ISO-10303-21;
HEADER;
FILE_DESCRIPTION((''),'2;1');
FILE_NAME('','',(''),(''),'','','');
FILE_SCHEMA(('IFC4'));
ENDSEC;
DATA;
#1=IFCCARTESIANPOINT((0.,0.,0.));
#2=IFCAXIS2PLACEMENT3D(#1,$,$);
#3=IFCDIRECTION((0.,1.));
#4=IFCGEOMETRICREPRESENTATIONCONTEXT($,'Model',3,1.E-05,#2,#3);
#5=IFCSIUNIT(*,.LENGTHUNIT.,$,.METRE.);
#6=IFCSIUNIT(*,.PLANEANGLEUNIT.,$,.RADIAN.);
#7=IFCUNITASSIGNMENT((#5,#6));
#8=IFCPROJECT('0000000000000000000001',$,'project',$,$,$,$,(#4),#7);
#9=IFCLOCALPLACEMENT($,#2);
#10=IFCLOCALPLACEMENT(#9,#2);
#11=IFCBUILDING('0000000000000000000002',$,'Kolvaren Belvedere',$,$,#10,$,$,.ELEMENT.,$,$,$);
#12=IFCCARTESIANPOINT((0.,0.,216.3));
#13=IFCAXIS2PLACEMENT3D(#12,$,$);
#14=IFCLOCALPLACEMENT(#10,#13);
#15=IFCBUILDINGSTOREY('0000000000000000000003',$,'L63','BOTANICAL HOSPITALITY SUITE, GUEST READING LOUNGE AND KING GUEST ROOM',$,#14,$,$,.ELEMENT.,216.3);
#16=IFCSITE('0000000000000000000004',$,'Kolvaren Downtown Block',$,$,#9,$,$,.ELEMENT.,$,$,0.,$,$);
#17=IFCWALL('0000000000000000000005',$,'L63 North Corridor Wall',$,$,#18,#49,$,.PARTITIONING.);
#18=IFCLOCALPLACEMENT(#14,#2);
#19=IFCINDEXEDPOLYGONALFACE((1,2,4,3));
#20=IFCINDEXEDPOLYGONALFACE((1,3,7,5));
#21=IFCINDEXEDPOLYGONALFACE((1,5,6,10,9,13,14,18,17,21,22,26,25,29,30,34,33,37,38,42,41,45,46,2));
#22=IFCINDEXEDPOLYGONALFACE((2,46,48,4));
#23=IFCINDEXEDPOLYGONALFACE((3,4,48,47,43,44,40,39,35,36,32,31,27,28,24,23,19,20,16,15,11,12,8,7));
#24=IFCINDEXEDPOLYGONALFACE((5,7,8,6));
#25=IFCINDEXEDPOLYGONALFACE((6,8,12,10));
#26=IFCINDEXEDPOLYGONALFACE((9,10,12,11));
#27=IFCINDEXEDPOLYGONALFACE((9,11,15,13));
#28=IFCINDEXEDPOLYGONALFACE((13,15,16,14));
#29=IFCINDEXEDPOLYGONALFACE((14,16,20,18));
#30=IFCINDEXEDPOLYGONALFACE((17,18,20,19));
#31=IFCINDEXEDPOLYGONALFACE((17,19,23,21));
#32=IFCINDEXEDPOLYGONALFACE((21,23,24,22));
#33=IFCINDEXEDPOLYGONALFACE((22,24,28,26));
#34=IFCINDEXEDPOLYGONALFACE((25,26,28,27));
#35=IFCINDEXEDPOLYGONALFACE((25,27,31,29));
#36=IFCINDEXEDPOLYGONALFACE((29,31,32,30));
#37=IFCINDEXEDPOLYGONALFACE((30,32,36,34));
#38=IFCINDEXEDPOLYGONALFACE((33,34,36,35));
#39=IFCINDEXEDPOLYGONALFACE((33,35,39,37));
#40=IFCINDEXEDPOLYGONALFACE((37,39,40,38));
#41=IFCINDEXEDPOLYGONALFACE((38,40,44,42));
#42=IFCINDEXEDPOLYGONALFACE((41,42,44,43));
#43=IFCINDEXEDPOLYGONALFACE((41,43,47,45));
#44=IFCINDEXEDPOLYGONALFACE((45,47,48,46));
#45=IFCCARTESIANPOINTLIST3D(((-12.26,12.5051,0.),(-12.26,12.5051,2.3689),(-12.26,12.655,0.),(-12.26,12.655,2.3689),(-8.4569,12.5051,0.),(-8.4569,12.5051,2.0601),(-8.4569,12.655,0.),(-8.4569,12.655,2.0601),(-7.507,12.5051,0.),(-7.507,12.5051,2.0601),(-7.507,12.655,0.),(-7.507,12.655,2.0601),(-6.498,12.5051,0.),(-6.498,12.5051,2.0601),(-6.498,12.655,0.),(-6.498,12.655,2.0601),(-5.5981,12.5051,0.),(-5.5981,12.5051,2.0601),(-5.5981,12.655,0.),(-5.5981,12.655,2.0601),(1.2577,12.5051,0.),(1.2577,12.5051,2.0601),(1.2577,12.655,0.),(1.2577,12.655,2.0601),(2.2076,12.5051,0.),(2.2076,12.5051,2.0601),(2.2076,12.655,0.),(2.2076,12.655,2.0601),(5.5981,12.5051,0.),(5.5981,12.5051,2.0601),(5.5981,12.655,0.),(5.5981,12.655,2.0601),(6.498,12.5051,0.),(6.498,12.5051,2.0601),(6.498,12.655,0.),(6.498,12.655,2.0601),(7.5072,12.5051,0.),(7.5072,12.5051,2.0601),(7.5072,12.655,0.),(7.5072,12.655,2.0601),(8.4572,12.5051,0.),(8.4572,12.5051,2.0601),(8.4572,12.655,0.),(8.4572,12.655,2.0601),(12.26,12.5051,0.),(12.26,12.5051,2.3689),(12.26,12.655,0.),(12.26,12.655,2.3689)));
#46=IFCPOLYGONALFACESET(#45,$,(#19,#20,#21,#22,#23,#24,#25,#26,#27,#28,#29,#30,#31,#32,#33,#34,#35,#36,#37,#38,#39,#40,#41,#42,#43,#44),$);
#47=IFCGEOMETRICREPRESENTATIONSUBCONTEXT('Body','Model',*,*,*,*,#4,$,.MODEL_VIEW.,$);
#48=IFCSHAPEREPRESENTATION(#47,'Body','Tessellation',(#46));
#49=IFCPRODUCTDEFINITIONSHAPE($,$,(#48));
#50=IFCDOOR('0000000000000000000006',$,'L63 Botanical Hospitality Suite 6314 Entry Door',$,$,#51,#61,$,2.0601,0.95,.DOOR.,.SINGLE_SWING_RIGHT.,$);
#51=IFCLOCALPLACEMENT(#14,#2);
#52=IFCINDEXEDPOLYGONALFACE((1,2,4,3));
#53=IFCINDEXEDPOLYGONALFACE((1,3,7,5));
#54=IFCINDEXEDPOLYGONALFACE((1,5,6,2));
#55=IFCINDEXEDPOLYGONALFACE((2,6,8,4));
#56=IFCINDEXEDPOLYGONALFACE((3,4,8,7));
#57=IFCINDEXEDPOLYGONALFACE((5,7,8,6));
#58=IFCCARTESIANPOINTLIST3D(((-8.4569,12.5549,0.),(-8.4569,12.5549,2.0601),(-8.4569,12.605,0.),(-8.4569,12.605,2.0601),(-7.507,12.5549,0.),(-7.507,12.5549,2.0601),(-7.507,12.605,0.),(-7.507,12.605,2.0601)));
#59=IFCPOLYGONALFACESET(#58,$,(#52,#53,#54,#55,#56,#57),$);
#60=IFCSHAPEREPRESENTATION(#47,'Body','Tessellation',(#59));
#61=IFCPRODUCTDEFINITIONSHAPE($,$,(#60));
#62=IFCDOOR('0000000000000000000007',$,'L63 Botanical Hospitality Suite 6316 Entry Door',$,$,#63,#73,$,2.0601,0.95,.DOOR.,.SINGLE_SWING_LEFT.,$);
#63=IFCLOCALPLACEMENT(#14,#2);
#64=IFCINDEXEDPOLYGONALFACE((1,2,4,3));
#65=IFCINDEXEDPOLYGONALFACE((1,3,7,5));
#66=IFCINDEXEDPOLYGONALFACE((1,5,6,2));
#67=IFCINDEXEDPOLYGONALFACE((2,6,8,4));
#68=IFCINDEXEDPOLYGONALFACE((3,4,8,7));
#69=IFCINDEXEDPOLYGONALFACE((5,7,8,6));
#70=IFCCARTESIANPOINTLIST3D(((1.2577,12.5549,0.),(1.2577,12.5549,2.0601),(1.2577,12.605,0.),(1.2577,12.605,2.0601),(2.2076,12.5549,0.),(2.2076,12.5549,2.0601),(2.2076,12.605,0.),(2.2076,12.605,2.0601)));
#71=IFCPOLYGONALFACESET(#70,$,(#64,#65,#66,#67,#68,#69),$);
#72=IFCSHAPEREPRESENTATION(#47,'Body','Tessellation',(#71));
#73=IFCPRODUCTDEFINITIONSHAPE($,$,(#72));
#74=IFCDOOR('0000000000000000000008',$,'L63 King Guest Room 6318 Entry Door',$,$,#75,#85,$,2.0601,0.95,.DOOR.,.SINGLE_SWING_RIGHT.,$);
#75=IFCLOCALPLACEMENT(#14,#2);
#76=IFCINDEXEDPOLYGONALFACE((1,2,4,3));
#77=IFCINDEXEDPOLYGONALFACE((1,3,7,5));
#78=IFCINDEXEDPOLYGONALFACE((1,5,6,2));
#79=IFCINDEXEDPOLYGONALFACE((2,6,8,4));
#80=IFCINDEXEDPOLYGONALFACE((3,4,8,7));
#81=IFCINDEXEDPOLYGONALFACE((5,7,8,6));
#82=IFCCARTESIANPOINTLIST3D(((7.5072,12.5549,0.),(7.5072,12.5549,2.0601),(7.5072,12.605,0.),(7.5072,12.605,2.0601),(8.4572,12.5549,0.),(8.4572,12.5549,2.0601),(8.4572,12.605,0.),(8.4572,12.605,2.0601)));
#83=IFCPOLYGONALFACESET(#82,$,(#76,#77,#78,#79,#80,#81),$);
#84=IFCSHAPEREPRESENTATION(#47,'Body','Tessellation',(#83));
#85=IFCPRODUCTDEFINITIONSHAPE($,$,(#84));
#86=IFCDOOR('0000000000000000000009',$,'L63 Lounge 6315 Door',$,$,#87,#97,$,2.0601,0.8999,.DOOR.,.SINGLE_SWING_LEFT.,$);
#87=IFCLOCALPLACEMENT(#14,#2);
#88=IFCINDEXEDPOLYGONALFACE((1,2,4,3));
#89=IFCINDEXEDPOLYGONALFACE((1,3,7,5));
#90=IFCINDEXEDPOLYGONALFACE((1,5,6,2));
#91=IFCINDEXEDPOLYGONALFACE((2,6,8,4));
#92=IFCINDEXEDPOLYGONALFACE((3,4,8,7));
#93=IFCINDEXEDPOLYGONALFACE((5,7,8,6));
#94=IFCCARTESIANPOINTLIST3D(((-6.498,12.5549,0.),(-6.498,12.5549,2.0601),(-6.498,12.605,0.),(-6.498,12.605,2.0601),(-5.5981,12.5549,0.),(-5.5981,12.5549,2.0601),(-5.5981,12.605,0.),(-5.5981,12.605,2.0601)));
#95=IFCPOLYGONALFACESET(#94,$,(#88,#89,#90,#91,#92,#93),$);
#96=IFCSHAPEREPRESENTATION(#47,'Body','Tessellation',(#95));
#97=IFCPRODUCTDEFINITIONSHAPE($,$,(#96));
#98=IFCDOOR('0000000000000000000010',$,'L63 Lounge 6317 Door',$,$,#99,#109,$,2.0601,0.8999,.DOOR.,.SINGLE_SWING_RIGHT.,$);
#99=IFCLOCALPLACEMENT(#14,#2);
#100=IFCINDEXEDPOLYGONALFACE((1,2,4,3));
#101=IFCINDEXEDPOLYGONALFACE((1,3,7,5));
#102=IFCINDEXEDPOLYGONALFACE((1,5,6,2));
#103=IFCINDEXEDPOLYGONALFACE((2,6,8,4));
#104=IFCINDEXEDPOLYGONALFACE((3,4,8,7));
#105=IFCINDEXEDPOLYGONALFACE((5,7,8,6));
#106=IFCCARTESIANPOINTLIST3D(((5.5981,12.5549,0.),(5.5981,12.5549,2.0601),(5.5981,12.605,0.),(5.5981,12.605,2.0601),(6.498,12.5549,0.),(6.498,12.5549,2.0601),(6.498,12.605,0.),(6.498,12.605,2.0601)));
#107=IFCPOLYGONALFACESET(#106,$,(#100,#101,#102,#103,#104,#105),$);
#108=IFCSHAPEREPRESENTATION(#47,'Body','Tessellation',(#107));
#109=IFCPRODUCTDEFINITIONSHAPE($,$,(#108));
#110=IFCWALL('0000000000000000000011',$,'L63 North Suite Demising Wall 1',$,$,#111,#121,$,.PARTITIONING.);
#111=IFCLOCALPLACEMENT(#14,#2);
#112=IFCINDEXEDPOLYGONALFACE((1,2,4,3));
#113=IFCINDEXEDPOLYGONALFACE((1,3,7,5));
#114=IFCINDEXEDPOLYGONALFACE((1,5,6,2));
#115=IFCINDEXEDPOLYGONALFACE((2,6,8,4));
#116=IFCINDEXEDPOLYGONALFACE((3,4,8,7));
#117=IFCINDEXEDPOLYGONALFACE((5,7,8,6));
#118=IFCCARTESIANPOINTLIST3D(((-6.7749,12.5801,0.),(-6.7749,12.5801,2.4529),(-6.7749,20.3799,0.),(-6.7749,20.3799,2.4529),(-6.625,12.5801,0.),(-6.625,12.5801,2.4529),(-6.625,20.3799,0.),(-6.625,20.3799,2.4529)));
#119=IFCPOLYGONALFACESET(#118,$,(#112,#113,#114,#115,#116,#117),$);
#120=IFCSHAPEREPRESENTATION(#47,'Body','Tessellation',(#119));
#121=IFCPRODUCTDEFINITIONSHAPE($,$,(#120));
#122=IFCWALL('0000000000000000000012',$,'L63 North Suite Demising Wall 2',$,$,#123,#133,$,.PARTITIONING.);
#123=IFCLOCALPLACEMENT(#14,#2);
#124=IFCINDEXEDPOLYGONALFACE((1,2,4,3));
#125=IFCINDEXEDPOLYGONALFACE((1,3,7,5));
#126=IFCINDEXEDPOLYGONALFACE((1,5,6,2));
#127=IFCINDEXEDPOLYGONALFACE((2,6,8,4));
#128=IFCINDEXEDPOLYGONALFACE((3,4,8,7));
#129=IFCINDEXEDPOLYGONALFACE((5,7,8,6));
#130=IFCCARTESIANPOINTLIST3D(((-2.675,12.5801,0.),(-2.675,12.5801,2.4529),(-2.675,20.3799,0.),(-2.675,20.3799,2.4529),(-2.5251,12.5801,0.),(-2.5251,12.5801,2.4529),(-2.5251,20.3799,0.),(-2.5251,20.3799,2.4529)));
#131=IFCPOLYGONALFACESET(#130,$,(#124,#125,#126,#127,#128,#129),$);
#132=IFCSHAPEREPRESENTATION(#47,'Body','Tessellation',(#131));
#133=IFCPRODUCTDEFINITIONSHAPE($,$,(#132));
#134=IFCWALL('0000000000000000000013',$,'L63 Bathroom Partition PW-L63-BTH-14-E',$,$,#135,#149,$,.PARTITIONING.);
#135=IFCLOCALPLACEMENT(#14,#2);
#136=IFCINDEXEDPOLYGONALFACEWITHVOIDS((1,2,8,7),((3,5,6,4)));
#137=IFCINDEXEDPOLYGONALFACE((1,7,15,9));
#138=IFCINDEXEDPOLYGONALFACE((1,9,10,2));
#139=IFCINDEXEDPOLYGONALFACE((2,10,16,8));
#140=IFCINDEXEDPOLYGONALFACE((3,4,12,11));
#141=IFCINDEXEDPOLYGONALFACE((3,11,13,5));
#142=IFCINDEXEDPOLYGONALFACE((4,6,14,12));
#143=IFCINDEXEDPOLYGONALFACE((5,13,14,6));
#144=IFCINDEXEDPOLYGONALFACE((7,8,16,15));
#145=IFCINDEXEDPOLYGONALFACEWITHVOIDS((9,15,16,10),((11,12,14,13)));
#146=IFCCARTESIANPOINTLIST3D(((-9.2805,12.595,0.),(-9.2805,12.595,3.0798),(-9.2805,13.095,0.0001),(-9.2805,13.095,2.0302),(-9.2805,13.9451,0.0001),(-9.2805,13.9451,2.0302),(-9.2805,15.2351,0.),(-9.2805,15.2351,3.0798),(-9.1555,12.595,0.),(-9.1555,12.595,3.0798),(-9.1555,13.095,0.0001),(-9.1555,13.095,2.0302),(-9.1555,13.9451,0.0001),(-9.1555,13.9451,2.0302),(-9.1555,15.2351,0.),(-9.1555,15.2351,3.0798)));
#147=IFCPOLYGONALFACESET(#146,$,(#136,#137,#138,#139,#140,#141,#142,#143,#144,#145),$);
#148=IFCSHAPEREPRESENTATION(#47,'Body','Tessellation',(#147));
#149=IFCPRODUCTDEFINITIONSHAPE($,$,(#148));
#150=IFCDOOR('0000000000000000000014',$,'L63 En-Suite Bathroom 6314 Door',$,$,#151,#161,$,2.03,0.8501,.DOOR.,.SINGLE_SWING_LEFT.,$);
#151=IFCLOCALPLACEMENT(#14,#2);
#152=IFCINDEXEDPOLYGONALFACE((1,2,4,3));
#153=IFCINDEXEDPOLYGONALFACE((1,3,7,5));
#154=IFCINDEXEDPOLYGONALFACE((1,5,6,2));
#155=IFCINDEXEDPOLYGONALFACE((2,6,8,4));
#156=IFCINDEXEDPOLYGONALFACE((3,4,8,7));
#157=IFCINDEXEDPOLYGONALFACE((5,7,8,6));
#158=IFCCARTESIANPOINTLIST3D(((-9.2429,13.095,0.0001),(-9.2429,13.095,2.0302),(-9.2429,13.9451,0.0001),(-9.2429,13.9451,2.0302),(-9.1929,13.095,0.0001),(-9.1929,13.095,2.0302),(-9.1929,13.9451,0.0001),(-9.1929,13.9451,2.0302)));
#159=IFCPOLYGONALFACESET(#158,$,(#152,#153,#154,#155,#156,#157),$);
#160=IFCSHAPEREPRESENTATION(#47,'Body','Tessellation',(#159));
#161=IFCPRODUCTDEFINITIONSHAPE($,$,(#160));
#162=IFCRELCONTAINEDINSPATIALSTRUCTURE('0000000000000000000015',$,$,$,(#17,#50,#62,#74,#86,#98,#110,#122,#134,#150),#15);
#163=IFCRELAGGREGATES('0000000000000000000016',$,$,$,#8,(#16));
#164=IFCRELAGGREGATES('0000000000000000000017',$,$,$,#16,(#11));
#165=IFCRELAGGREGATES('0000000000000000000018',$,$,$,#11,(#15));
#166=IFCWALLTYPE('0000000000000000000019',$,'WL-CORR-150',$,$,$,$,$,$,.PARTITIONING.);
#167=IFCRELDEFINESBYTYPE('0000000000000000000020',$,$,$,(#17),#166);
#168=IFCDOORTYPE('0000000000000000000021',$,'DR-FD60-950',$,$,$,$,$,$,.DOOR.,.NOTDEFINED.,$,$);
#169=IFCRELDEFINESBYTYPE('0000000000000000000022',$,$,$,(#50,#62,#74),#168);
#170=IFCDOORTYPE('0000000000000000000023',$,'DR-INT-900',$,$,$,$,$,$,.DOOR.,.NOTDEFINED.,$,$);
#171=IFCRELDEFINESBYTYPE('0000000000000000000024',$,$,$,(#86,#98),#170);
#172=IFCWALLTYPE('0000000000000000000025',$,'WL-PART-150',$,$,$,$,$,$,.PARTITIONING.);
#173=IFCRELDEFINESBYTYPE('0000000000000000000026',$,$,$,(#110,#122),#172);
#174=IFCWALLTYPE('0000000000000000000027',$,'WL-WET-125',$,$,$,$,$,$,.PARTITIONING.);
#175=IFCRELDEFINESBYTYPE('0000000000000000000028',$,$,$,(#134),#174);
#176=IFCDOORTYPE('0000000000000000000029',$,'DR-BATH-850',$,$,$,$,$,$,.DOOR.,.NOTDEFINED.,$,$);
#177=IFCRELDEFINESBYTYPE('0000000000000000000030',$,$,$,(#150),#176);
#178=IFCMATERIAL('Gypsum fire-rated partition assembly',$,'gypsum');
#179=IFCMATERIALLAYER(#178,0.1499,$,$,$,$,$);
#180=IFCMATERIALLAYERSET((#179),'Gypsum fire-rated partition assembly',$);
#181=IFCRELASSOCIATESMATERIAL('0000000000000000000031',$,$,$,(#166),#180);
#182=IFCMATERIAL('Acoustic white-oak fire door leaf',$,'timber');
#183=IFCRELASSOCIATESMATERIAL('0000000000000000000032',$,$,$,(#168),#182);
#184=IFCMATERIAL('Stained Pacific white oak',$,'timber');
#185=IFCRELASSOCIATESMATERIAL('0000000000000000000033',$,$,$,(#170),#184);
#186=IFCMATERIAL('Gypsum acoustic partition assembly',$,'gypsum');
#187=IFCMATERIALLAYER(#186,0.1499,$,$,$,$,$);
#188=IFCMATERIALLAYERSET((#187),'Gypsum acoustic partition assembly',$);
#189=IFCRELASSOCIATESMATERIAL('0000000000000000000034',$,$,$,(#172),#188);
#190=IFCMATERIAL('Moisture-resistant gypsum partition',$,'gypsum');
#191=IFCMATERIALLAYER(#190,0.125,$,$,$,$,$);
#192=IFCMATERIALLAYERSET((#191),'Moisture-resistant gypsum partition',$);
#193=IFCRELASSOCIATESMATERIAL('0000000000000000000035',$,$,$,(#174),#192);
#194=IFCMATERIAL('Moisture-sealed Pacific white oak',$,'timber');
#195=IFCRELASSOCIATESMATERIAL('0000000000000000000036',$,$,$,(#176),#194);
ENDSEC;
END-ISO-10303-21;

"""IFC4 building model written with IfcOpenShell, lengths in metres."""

from ifc_helpers import new_model, si_unit, direction, frame, frame_2d, origin, place, context, subcontext, project, spatial, rectangle, extrude, material, layer, layer_set, type_object, element, fill, save


model = new_model("IFC4")

# Units and contexts
model_context = context("Model", 3, precision=1e-05, world=origin(), true_north=direction((0.0, 1.0)))
body_context = subcontext(model_context, "Body", "Model", "MODEL_VIEW")
ifc_project = project(units=[si_unit("LENGTHUNIT", "METRE"), si_unit("PLANEANGLEUNIT", "RADIAN")], contexts=[model_context])

# Site, building, storey
site_placement = place(None, origin())
site = spatial("IfcSite", under=ifc_project, at=site_placement, Name="Kolvaren Downtown Block", CompositionType="ELEMENT", RefElevation=0.0)
building_placement = place(site_placement, origin())
building = spatial("IfcBuilding", under=site, at=building_placement, Name="Kolvaren Belvedere", CompositionType="ELEMENT")
storey_placement = place(building_placement, frame((0.0, 0.0, 216.3)))
storey = spatial("IfcBuildingStorey", under=building, at=storey_placement, Name="L63", Description="BOTANICAL HOSPITALITY SUITE, GUEST READING LOUNGE AND KING GUEST ROOM", CompositionType="ELEMENT", Elevation=216.3)

# Wall, openings, doors
ifc_material_1 = material(Name="Gypsum fire-rated partition assembly", Category="gypsum")
ifc_layer_1 = layer(ifc_material_1, 0.1499)
ifc_layer_set_1 = layer_set([ifc_layer_1], Name="Gypsum fire-rated partition assembly")
wall_type_1 = type_object("IfcWallType", Name="WL-CORR-150", PredefinedType="PARTITIONING", material=ifc_layer_set_1)
wall_1_placement = place(storey_placement, frame((-12.26, 12.5801, 0.0), z_axis=(0.0, 0.0, 1.0), x_axis=(1.0, 0.0, 0.0)))
wall_1 = element("IfcWall", 1, at=wall_1_placement, inside=storey, type_object=wall_type_1, Name="L63 North Corridor Wall", PredefinedType="PARTITIONING", context=body_context, shape_type="SweptSolid", body=[
    extrude(rectangle(XDim=24.52, YDim=0.1499, at=frame_2d((12.26, 0.0))), origin(), (0.0, 0.0, 1.0), 2.3689),
])
opening_1_placement = place(wall_1_placement, frame((3.803, 0.0, 0.0)))
opening_1 = element("IfcOpeningElement", 2, at=opening_1_placement, cuts=wall_1, PredefinedType="OPENING", context=body_context, shape_type="SweptSolid", body=[
    extrude(rectangle(XDim=0.95, YDim=2.0601, at=frame_2d((0.4751, 1.03))), frame((0.0, 0.085, 0.0), z_axis=(0.0, -1.0, 0.0), x_axis=(1.0, 0.0, 0.0)), (0.0, 0.0, 1.0), 0.1699),
])
opening_2_placement = place(wall_1_placement, frame((5.762, 0.0, 0.0)))
opening_2 = element("IfcOpeningElement", 3, at=opening_2_placement, cuts=wall_1, PredefinedType="OPENING", context=body_context, shape_type="SweptSolid", body=[
    extrude(rectangle(XDim=0.8999, YDim=2.0601, at=frame_2d((0.45, 1.03))), frame((0.0, 0.085, 0.0), z_axis=(0.0, -1.0, 0.0), x_axis=(1.0, 0.0, 0.0)), (0.0, 0.0, 1.0), 0.1699),
])
opening_3_placement = place(wall_1_placement, frame((13.5176, 0.0, 0.0)))
opening_3 = element("IfcOpeningElement", 4, at=opening_3_placement, cuts=wall_1, PredefinedType="OPENING", context=body_context, shape_type="SweptSolid", body=[
    extrude(rectangle(XDim=0.95, YDim=2.0601, at=frame_2d((0.4751, 1.03))), frame((0.0, 0.085, 0.0), z_axis=(0.0, -1.0, 0.0), x_axis=(1.0, 0.0, 0.0)), (0.0, 0.0, 1.0), 0.1699),
])
opening_4_placement = place(wall_1_placement, frame((17.8582, 0.0, 0.0)))
opening_4 = element("IfcOpeningElement", 5, at=opening_4_placement, cuts=wall_1, PredefinedType="OPENING", context=body_context, shape_type="SweptSolid", body=[
    extrude(rectangle(XDim=0.8999, YDim=2.0601, at=frame_2d((0.45, 1.03))), frame((0.0, 0.085, 0.0), z_axis=(0.0, -1.0, 0.0), x_axis=(1.0, 0.0, 0.0)), (0.0, 0.0, 1.0), 0.1699),
])
opening_5_placement = place(wall_1_placement, frame((19.7671, 0.0, 0.0)))
opening_5 = element("IfcOpeningElement", 6, at=opening_5_placement, cuts=wall_1, PredefinedType="OPENING", context=body_context, shape_type="SweptSolid", body=[
    extrude(rectangle(XDim=0.95, YDim=2.0601, at=frame_2d((0.4751, 1.03))), frame((0.0, 0.085, 0.0), z_axis=(0.0, -1.0, 0.0), x_axis=(1.0, 0.0, 0.0)), (0.0, 0.0, 1.0), 0.1699),
])
ifc_material_2 = material(Name="Acoustic white-oak fire door leaf", Category="timber")
door_type_1 = type_object("IfcDoorType", Name="DR-FD60-950", OperationType="NOTDEFINED", PredefinedType="DOOR", material=ifc_material_2)
door_1_placement = place(opening_1_placement, origin())
door_1 = element("IfcDoor", 7, at=door_1_placement, inside=storey, type_object=door_type_1, Name="L63 Botanical Hospitality Suite 6314 Entry Door", OperationType="SINGLE_SWING_RIGHT", OverallHeight=2.0601, OverallWidth=0.95, PredefinedType="DOOR", context=body_context, shape_type="SweptSolid", body=[
    extrude(rectangle(XDim=0.95, YDim=2.0601, at=frame_2d((0.4751, 1.03))), frame((0.0, 0.0249, 0.0), z_axis=(0.0, -1.0, 0.0), x_axis=(1.0, 0.0, 0.0)), (0.0, 0.0, 1.0), 0.05),
])
fill(opening_1, door_1)
door_2_placement = place(opening_3_placement, origin())
door_2 = element("IfcDoor", 8, at=door_2_placement, inside=storey, type_object=door_type_1, Name="L63 Botanical Hospitality Suite 6316 Entry Door", OperationType="SINGLE_SWING_LEFT", OverallHeight=2.0601, OverallWidth=0.95, PredefinedType="DOOR", context=body_context, shape_type="SweptSolid", body=[
    extrude(rectangle(XDim=0.95, YDim=2.0601, at=frame_2d((0.4751, 1.03))), frame((0.0, 0.0249, 0.0), z_axis=(0.0, -1.0, 0.0), x_axis=(1.0, 0.0, 0.0)), (0.0, 0.0, 1.0), 0.05),
])
fill(opening_3, door_2)
door_3_placement = place(opening_5_placement, origin())
door_3 = element("IfcDoor", 9, at=door_3_placement, inside=storey, type_object=door_type_1, Name="L63 King Guest Room 6318 Entry Door", OperationType="SINGLE_SWING_RIGHT", OverallHeight=2.0601, OverallWidth=0.95, PredefinedType="DOOR", context=body_context, shape_type="SweptSolid", body=[
    extrude(rectangle(XDim=0.95, YDim=2.0601, at=frame_2d((0.4751, 1.03))), frame((0.0, 0.0249, 0.0), z_axis=(0.0, -1.0, 0.0), x_axis=(1.0, 0.0, 0.0)), (0.0, 0.0, 1.0), 0.05),
])
fill(opening_5, door_3)
ifc_material_3 = material(Name="Stained Pacific white oak", Category="timber")
door_type_2 = type_object("IfcDoorType", Name="DR-INT-900", OperationType="NOTDEFINED", PredefinedType="DOOR", material=ifc_material_3)
door_4_placement = place(opening_2_placement, origin())
door_4 = element("IfcDoor", 10, at=door_4_placement, inside=storey, type_object=door_type_2, Name="L63 Lounge 6315 Door", OperationType="SINGLE_SWING_LEFT", OverallHeight=2.0601, OverallWidth=0.8999, PredefinedType="DOOR", context=body_context, shape_type="SweptSolid", body=[
    extrude(rectangle(XDim=0.8999, YDim=2.0601, at=frame_2d((0.45, 1.03))), frame((0.0, 0.0249, 0.0), z_axis=(0.0, -1.0, 0.0), x_axis=(1.0, 0.0, 0.0)), (0.0, 0.0, 1.0), 0.05),
])
fill(opening_2, door_4)
door_5_placement = place(opening_4_placement, origin())
door_5 = element("IfcDoor", 11, at=door_5_placement, inside=storey, type_object=door_type_2, Name="L63 Lounge 6317 Door", OperationType="SINGLE_SWING_RIGHT", OverallHeight=2.0601, OverallWidth=0.8999, PredefinedType="DOOR", context=body_context, shape_type="SweptSolid", body=[
    extrude(rectangle(XDim=0.8999, YDim=2.0601, at=frame_2d((0.45, 1.03))), frame((0.0, 0.0249, 0.0), z_axis=(0.0, -1.0, 0.0), x_axis=(1.0, 0.0, 0.0)), (0.0, 0.0, 1.0), 0.05),
])
fill(opening_4, door_5)

# Walls
ifc_material_4 = material(Name="Gypsum acoustic partition assembly", Category="gypsum")
ifc_layer_2 = layer(ifc_material_4, 0.1499)
ifc_layer_set_2 = layer_set([ifc_layer_2], Name="Gypsum acoustic partition assembly")
wall_type_2 = type_object("IfcWallType", Name="WL-PART-150", PredefinedType="PARTITIONING", material=ifc_layer_set_2)
for number, where, z_axis, x_axis, name in (
    (12, (-6.7, 12.5801, 0.0), (0.0, 0.0, 1.0), (0.0, 1.0, 0.0), "L63 North Suite Demising Wall 1"),
    (13, (-2.6001, 12.5801, 0.0), (0.0, 0.0, 1.0), (0.0, 1.0, 0.0), "L63 North Suite Demising Wall 2"),
):
    element("IfcWall", number, at=place(storey_placement, frame(where, z_axis=z_axis, x_axis=x_axis)), inside=storey, type_object=wall_type_2, Name=name, PredefinedType="PARTITIONING", context=body_context, shape_type="SweptSolid", body=[
        extrude(rectangle(XDim=7.7998, YDim=0.1499, at=frame_2d((3.8999, 0.0))), origin(), (0.0, 0.0, 1.0), 2.4529),
    ])

# Wall, opening, door
ifc_material_5 = material(Name="Moisture-resistant gypsum partition", Category="gypsum")
ifc_layer_3 = layer(ifc_material_5, 0.125)
ifc_layer_set_3 = layer_set([ifc_layer_3], Name="Moisture-resistant gypsum partition")
wall_type_3 = type_object("IfcWallType", Name="WL-WET-125", PredefinedType="PARTITIONING", material=ifc_layer_set_3)
wall_2_placement = place(storey_placement, frame((-9.218, 12.595, 0.0), z_axis=(0.0, 0.0, 1.0), x_axis=(0.0, 1.0, 0.0)))
wall_2 = element("IfcWall", 14, at=wall_2_placement, inside=storey, type_object=wall_type_3, Name="L63 Bathroom Partition PW-L63-BTH-14-E", PredefinedType="PARTITIONING", context=body_context, shape_type="SweptSolid", body=[
    extrude(rectangle(XDim=2.6401, YDim=0.125, at=frame_2d((1.3201, 0.0))), origin(), (0.0, 0.0, 1.0), 3.0798),
])
opening_6_placement = place(wall_2_placement, frame((0.5, 0.0, 0.0)))
opening_6 = element("IfcOpeningElement", 15, at=opening_6_placement, cuts=wall_2, PredefinedType="OPENING", context=body_context, shape_type="SweptSolid", body=[
    extrude(rectangle(XDim=0.8501, YDim=2.03, at=frame_2d((0.425, 1.0151))), frame((0.0, 0.0725, 0.0), z_axis=(0.0, -1.0, 0.0), x_axis=(1.0, 0.0, 0.0)), (0.0, 0.0, 1.0), 0.145),
])
ifc_material_6 = material(Name="Moisture-sealed Pacific white oak", Category="timber")
door_type_3 = type_object("IfcDoorType", Name="DR-BATH-850", OperationType="NOTDEFINED", PredefinedType="DOOR", material=ifc_material_6)
door_6_placement = place(opening_6_placement, origin())
door_6 = element("IfcDoor", 16, at=door_6_placement, inside=storey, type_object=door_type_3, Name="L63 En-Suite Bathroom 6314 Door", OperationType="SINGLE_SWING_LEFT", OverallHeight=2.03, OverallWidth=0.8501, PredefinedType="DOOR", context=body_context, shape_type="SweptSolid", body=[
    extrude(rectangle(XDim=0.8501, YDim=2.03, at=frame_2d((0.425, 1.0151))), frame((0.0, 0.0249, 0.0), z_axis=(0.0, -1.0, 0.0), x_axis=(1.0, 0.0, 0.0)), (0.0, 0.0, 1.0), 0.05),
])
fill(opening_6, door_6)

save(model, "model.ifc")
